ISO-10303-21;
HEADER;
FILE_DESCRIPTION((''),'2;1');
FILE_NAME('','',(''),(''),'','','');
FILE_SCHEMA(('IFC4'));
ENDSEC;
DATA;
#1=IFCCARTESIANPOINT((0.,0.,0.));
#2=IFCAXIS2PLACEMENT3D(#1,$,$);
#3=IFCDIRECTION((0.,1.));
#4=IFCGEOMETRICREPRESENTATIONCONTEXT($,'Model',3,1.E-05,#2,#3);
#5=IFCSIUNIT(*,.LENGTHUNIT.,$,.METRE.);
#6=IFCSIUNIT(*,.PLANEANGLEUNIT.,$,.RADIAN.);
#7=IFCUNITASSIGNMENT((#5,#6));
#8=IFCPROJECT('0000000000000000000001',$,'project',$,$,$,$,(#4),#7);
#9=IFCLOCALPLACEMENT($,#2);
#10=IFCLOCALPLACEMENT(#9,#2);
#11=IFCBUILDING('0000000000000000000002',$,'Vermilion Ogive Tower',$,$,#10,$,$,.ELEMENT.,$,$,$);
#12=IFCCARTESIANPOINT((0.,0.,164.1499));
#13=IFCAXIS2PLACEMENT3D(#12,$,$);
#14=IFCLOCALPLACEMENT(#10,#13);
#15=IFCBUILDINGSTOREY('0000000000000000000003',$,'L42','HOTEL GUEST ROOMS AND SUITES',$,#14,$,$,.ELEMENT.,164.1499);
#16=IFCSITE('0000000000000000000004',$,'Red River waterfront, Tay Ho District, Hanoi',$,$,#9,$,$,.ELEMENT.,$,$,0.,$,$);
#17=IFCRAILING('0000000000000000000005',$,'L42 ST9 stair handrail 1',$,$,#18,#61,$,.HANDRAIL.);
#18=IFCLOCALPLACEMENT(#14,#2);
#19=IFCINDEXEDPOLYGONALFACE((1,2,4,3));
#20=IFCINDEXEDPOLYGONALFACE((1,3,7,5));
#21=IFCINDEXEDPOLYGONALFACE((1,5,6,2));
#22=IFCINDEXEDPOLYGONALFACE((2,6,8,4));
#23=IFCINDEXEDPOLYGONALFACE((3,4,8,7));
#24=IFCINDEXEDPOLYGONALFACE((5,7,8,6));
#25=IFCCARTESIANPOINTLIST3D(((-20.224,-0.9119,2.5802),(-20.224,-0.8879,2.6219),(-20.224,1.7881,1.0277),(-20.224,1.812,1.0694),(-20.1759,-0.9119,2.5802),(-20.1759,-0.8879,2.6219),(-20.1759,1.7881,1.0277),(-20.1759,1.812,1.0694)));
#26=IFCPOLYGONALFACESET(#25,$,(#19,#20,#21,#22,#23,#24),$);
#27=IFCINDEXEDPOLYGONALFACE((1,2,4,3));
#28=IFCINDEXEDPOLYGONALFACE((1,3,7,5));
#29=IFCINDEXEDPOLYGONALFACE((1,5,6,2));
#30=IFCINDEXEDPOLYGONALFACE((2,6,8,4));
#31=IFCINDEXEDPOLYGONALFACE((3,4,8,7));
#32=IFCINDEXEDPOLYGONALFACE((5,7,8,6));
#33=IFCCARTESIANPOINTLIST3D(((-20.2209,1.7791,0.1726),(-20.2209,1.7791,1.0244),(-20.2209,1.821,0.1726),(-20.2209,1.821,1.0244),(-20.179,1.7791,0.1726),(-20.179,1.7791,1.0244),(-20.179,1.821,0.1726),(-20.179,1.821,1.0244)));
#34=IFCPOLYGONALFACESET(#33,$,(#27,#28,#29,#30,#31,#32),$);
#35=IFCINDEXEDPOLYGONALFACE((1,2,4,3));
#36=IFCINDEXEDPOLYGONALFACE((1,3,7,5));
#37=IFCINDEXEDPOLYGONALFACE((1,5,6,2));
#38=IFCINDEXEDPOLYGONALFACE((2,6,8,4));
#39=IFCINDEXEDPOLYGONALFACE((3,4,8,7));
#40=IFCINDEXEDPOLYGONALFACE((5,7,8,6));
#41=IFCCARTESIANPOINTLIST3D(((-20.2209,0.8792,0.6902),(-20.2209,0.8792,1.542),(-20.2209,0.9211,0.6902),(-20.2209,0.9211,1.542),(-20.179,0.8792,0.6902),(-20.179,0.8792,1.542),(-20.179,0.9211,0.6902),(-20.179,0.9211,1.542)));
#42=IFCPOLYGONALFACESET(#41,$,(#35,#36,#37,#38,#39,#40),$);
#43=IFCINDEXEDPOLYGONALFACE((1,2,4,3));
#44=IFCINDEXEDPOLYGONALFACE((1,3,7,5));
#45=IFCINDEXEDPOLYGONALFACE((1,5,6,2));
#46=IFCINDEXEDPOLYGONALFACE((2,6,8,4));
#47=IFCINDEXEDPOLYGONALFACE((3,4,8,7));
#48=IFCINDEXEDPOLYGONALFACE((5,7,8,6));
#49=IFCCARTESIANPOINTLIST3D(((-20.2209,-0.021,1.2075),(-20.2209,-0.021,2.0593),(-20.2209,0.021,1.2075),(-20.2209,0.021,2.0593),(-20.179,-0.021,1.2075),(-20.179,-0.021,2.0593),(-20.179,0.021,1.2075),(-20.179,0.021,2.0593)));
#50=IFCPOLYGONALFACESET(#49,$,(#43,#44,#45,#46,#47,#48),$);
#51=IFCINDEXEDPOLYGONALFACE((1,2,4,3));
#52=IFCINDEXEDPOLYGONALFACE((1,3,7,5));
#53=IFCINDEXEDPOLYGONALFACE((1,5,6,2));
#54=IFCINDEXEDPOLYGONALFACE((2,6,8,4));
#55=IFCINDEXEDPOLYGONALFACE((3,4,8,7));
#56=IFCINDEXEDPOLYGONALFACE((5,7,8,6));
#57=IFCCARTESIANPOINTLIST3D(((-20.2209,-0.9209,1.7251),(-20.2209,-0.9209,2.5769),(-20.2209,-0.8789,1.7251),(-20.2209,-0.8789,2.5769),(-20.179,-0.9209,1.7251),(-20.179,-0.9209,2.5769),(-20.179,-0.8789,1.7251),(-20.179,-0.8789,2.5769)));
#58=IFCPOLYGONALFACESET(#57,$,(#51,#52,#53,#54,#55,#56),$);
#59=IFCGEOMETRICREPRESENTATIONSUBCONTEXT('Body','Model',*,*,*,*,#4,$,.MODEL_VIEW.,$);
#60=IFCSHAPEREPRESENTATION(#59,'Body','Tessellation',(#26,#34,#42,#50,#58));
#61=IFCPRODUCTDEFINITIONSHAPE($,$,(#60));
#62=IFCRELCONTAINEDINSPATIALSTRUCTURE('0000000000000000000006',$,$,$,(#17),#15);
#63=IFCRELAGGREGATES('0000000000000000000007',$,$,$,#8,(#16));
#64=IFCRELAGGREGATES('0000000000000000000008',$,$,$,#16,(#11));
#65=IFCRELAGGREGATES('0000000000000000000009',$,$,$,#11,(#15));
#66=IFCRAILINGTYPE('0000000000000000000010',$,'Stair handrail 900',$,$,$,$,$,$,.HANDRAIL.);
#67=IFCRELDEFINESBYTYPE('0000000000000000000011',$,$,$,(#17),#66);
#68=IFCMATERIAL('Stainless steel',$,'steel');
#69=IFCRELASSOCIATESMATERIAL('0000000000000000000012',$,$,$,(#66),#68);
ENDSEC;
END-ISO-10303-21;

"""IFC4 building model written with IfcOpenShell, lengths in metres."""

from ifc_helpers import new_model, si_unit, direction, frame, origin, origin_2d, place, context, subcontext, project, spatial, rectangle, extrude, material, type_object, element, save


model = new_model("IFC4")

# Units and contexts
model_context = context("Model", 3, precision=1e-05, world=origin(), true_north=direction((0.0, 1.0)))
body_context = subcontext(model_context, "Body", "Model", "MODEL_VIEW")
ifc_project = project(units=[si_unit("LENGTHUNIT", "METRE"), si_unit("PLANEANGLEUNIT", "RADIAN")], contexts=[model_context])

# Site, building, storey
site_placement = place(None, origin())
site = spatial("IfcSite", under=ifc_project, at=site_placement, Name="Red River waterfront, Tay Ho District, Hanoi", CompositionType="ELEMENT", RefElevation=0.0)
building_placement = place(site_placement, origin())
building = spatial("IfcBuilding", under=site, at=building_placement, Name="Vermilion Ogive Tower", CompositionType="ELEMENT")
storey_placement = place(building_placement, frame((0.0, 0.0, 164.1499)))
storey = spatial("IfcBuildingStorey", under=building, at=storey_placement, Name="L42", Description="HOTEL GUEST ROOMS AND SUITES", CompositionType="ELEMENT", Elevation=164.1499)

# Railing
ifc_material_1 = material(Name="Stainless steel", Category="steel")
railing_type_1 = type_object("IfcRailingType", Name="Stair handrail 900", PredefinedType="HANDRAIL", material=ifc_material_1)
railing_1_placement = place(storey_placement, frame((-20.2, 1.8, 0.1726)))
element("IfcRailing", 1, at=railing_1_placement, inside=storey, type_object=railing_type_1, Name="L42 ST9 stair handrail 1", PredefinedType="HANDRAIL", context=body_context, shape_type="SweptSolid", body=[
    extrude(rectangle(XDim=0.0481, YDim=0.0481, at=origin_2d()), frame((0.0, 0.0, 0.876), z_axis=(0.0, -0.866904, 0.498476), x_axis=(1.0, 0.0, 0.0)), (0.0, 0.0, 1.0), 3.1145),
    extrude(rectangle(XDim=0.042, YDim=0.042, at=origin_2d()), origin(), (0.0, 0.0, 1.0), 0.8518),
    extrude(rectangle(XDim=0.042, YDim=0.042, at=origin_2d()), frame((0.0, -0.8999, 0.5176)), (0.0, 0.0, 1.0), 0.8518),
    extrude(rectangle(XDim=0.042, YDim=0.042, at=origin_2d()), frame((0.0, -1.8, 1.0349)), (0.0, 0.0, 1.0), 0.8518),
    extrude(rectangle(XDim=0.042, YDim=0.042, at=origin_2d()), frame((0.0, -2.7, 1.5525)), (0.0, 0.0, 1.0), 0.8518),
])

save(model, "model.ifc")
